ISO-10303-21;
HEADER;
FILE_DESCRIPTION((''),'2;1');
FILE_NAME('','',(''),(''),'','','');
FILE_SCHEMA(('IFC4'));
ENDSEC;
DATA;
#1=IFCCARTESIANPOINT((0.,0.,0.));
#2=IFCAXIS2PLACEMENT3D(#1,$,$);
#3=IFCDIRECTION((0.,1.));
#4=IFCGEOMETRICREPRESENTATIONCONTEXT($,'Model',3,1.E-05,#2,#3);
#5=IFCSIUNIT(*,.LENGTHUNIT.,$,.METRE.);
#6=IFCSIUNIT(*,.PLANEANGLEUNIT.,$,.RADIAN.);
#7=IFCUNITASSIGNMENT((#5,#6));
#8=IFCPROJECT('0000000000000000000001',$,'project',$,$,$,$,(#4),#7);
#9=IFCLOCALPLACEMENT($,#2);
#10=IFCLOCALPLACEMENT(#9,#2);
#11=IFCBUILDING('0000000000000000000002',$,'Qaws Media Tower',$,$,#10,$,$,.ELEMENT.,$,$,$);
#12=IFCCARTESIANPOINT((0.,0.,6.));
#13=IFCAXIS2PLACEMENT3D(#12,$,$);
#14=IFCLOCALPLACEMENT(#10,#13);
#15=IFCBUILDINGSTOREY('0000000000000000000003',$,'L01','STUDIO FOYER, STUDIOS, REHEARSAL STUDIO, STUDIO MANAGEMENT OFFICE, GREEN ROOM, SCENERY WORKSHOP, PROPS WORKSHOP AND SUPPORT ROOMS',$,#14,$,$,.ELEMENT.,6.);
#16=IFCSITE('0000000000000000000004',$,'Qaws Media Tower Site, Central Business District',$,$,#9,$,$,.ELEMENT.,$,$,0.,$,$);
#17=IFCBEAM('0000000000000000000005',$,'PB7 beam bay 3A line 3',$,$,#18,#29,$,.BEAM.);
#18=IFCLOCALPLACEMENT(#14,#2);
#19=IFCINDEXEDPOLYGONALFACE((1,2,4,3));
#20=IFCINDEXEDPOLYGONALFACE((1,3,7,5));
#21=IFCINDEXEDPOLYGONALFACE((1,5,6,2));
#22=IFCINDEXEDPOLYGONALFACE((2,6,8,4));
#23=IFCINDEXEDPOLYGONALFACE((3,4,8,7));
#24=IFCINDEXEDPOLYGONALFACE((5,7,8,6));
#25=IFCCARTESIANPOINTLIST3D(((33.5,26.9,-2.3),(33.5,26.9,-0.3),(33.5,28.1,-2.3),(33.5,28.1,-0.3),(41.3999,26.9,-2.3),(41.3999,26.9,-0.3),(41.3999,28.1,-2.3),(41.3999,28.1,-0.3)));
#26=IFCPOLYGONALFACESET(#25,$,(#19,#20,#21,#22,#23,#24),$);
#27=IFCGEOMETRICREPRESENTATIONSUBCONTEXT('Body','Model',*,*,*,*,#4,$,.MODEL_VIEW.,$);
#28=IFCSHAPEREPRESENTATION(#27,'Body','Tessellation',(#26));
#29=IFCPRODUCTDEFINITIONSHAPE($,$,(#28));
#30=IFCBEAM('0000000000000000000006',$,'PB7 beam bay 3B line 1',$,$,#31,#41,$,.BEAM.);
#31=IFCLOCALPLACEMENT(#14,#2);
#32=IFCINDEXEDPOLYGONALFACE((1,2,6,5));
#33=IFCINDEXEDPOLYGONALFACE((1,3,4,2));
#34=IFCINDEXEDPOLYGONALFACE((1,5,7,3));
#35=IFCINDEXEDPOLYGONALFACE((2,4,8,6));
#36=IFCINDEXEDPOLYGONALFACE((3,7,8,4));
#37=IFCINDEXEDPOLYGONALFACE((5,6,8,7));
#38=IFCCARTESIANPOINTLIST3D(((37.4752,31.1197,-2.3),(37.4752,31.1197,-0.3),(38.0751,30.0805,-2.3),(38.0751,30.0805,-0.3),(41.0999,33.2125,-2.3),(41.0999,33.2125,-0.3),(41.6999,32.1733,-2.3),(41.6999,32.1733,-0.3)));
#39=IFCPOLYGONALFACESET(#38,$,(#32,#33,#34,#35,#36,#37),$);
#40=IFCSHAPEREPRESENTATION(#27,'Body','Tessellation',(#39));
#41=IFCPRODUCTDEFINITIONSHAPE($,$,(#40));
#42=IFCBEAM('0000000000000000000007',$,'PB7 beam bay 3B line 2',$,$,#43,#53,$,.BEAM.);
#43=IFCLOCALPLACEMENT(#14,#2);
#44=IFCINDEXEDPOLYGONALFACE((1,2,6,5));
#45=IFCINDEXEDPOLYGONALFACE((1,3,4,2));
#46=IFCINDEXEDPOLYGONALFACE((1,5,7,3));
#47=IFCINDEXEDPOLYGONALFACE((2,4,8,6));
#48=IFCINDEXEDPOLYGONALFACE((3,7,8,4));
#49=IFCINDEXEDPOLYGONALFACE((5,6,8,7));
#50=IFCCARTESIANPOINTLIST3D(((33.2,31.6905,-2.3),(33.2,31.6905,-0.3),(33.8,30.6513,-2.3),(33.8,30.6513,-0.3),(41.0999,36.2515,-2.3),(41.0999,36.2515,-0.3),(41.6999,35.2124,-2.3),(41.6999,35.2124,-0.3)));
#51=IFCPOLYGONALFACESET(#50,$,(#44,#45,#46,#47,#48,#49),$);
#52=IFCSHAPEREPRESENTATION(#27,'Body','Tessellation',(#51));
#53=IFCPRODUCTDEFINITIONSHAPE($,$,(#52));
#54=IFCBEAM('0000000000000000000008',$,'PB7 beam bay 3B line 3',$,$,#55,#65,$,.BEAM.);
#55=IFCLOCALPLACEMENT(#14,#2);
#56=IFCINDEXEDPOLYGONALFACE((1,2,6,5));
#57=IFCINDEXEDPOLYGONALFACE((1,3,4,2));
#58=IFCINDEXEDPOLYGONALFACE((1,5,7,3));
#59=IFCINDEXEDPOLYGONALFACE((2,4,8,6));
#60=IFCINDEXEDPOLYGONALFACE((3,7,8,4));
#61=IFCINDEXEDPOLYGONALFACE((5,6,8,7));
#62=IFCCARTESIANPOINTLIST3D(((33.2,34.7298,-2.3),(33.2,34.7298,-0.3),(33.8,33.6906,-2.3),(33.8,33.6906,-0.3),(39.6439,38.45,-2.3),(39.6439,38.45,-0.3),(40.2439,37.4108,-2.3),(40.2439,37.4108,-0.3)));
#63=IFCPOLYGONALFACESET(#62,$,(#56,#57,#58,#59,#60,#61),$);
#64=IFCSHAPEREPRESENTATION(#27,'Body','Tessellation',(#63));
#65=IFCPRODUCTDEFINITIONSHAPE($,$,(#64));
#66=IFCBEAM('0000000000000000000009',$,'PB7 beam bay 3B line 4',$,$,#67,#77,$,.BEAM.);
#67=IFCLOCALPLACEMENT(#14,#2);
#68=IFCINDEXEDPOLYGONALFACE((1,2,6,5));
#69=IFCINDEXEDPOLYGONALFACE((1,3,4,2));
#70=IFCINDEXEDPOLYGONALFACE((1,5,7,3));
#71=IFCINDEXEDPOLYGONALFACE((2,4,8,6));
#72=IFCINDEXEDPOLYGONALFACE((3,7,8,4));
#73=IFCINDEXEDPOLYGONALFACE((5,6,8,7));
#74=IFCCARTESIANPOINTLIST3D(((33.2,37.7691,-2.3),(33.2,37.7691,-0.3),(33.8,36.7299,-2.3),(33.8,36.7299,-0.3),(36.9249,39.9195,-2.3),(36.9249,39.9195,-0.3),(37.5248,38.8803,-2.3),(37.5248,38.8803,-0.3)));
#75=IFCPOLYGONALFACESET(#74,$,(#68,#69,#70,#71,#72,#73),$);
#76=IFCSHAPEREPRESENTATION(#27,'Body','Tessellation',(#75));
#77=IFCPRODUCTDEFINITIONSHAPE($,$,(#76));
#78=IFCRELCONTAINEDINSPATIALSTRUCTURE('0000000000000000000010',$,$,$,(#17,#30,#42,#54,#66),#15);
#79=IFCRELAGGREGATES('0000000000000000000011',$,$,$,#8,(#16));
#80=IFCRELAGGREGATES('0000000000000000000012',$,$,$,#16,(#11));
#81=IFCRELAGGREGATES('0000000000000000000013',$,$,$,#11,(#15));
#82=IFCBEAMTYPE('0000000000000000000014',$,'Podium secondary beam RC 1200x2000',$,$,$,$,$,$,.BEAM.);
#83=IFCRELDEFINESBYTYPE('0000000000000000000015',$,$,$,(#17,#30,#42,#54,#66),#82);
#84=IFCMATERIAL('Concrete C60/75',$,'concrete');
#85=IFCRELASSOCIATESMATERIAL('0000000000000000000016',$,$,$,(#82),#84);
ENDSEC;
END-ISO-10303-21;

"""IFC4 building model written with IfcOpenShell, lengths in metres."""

from ifc_helpers import new_model, si_unit, direction, frame, origin, origin_2d, place, context, subcontext, project, spatial, rectangle, extrude, material, material_profile, profile_set, type_object, element, save


model = new_model("IFC4")

# Units and contexts
model_context = context("Model", 3, precision=1e-05, world=origin(), true_north=direction((0.0, 1.0)))
body_context = subcontext(model_context, "Body", "Model", "MODEL_VIEW")
ifc_project = project(units=[si_unit("LENGTHUNIT", "METRE"), si_unit("PLANEANGLEUNIT", "RADIAN")], contexts=[model_context])

# Site, building, storey
site_placement = place(None, origin())
site = spatial("IfcSite", under=ifc_project, at=site_placement, Name="Qaws Media Tower Site, Central Business District", CompositionType="ELEMENT", RefElevation=0.0)
building_placement = place(site_placement, origin())
building = spatial("IfcBuilding", under=site, at=building_placement, Name="Qaws Media Tower", CompositionType="ELEMENT")
storey_placement = place(building_placement, frame((0.0, 0.0, 6.0)))
storey = spatial("IfcBuildingStorey", under=building, at=storey_placement, Name="L01", Description="STUDIO FOYER, STUDIOS, REHEARSAL STUDIO, STUDIO MANAGEMENT OFFICE, GREEN ROOM, SCENERY WORKSHOP, PROPS WORKSHOP AND SUPPORT ROOMS", CompositionType="ELEMENT", Elevation=6.0)

# Beams
ifc_material_1 = material(Name="Concrete C60/75", Category="concrete")
ifc_material_profile_1 = material_profile(ifc_material_1, rectangle(XDim=1.2, YDim=2.0, at=origin_2d()), Name="RC 1200x2000")
ifc_profile_set_1 = profile_set([ifc_material_profile_1], Name="Concrete C60/75")
beam_type_1 = type_object("IfcBeamType", Name="Podium secondary beam RC 1200x2000", PredefinedType="BEAM", material=ifc_profile_set_1)
for number, where, z_axis, x_axis, name in (
    (1, (33.5, 27.5, -1.3), (1.0, 0.0, 0.0), (0.0, 1.0, 0.0), "PB7 beam bay 3A line 3"),
):
    element("IfcBeam", number, at=place(storey_placement, frame(where, z_axis=z_axis, x_axis=x_axis)), inside=storey, type_object=beam_type_1, Name=name, PredefinedType="BEAM", context=body_context, shape_type="SweptSolid", body=[
        extrude(rectangle(XDim=1.2, YDim=2.0, at=origin_2d()), origin(), (0.0, 0.0, 1.0), 7.8999),
    ])
beam_1_placement = place(storey_placement, frame((37.7751, 30.6001, -1.3), z_axis=(0.866023, 0.500004, 0.0), x_axis=(-0.500004, 0.866023, 0.0)))
element("IfcBeam", 2, at=beam_1_placement, inside=storey, type_object=beam_type_1, Name="PB7 beam bay 3B line 1", PredefinedType="BEAM", context=body_context, shape_type="SweptSolid", body=[
    extrude(rectangle(XDim=1.2, YDim=2.0, at=origin_2d()), origin(), (0.0, 0.0, 1.0), 4.1855),
])
beam_2_placement = place(storey_placement, frame((33.5, 31.1709, -1.3), z_axis=(0.866024, 0.500002, 0.0), x_axis=(-0.500002, 0.866024, 0.0)))
element("IfcBeam", 3, at=beam_2_placement, inside=storey, type_object=beam_type_1, Name="PB7 beam bay 3B line 2", PredefinedType="BEAM", context=body_context, shape_type="SweptSolid", body=[
    extrude(rectangle(XDim=1.2, YDim=2.0, at=origin_2d()), origin(), (0.0, 0.0, 1.0), 9.1221),
])
beam_3_placement = place(storey_placement, frame((33.5, 34.2102, -1.3), z_axis=(0.866034, 0.499986, 0.0), x_axis=(-0.499986, 0.866034, 0.0)))
element("IfcBeam", 4, at=beam_3_placement, inside=storey, type_object=beam_type_1, Name="PB7 beam bay 3B line 3", PredefinedType="BEAM", context=body_context, shape_type="SweptSolid", body=[
    extrude(rectangle(XDim=1.2, YDim=2.0, at=origin_2d()), origin(), (0.0, 0.0, 1.0), 7.4407),
])
beam_4_placement = place(storey_placement, frame((33.5, 37.2495, -1.3), z_axis=(0.866041, 0.499973, 0.0), x_axis=(-0.499973, 0.866041, 0.0)))
element("IfcBeam", 5, at=beam_4_placement, inside=storey, type_object=beam_type_1, Name="PB7 beam bay 3B line 4", PredefinedType="BEAM", context=body_context, shape_type="SweptSolid", body=[
    extrude(rectangle(XDim=1.2, YDim=2.0, at=origin_2d()), origin(), (0.0, 0.0, 1.0), 4.301),
])

save(model, "model.ifc")
